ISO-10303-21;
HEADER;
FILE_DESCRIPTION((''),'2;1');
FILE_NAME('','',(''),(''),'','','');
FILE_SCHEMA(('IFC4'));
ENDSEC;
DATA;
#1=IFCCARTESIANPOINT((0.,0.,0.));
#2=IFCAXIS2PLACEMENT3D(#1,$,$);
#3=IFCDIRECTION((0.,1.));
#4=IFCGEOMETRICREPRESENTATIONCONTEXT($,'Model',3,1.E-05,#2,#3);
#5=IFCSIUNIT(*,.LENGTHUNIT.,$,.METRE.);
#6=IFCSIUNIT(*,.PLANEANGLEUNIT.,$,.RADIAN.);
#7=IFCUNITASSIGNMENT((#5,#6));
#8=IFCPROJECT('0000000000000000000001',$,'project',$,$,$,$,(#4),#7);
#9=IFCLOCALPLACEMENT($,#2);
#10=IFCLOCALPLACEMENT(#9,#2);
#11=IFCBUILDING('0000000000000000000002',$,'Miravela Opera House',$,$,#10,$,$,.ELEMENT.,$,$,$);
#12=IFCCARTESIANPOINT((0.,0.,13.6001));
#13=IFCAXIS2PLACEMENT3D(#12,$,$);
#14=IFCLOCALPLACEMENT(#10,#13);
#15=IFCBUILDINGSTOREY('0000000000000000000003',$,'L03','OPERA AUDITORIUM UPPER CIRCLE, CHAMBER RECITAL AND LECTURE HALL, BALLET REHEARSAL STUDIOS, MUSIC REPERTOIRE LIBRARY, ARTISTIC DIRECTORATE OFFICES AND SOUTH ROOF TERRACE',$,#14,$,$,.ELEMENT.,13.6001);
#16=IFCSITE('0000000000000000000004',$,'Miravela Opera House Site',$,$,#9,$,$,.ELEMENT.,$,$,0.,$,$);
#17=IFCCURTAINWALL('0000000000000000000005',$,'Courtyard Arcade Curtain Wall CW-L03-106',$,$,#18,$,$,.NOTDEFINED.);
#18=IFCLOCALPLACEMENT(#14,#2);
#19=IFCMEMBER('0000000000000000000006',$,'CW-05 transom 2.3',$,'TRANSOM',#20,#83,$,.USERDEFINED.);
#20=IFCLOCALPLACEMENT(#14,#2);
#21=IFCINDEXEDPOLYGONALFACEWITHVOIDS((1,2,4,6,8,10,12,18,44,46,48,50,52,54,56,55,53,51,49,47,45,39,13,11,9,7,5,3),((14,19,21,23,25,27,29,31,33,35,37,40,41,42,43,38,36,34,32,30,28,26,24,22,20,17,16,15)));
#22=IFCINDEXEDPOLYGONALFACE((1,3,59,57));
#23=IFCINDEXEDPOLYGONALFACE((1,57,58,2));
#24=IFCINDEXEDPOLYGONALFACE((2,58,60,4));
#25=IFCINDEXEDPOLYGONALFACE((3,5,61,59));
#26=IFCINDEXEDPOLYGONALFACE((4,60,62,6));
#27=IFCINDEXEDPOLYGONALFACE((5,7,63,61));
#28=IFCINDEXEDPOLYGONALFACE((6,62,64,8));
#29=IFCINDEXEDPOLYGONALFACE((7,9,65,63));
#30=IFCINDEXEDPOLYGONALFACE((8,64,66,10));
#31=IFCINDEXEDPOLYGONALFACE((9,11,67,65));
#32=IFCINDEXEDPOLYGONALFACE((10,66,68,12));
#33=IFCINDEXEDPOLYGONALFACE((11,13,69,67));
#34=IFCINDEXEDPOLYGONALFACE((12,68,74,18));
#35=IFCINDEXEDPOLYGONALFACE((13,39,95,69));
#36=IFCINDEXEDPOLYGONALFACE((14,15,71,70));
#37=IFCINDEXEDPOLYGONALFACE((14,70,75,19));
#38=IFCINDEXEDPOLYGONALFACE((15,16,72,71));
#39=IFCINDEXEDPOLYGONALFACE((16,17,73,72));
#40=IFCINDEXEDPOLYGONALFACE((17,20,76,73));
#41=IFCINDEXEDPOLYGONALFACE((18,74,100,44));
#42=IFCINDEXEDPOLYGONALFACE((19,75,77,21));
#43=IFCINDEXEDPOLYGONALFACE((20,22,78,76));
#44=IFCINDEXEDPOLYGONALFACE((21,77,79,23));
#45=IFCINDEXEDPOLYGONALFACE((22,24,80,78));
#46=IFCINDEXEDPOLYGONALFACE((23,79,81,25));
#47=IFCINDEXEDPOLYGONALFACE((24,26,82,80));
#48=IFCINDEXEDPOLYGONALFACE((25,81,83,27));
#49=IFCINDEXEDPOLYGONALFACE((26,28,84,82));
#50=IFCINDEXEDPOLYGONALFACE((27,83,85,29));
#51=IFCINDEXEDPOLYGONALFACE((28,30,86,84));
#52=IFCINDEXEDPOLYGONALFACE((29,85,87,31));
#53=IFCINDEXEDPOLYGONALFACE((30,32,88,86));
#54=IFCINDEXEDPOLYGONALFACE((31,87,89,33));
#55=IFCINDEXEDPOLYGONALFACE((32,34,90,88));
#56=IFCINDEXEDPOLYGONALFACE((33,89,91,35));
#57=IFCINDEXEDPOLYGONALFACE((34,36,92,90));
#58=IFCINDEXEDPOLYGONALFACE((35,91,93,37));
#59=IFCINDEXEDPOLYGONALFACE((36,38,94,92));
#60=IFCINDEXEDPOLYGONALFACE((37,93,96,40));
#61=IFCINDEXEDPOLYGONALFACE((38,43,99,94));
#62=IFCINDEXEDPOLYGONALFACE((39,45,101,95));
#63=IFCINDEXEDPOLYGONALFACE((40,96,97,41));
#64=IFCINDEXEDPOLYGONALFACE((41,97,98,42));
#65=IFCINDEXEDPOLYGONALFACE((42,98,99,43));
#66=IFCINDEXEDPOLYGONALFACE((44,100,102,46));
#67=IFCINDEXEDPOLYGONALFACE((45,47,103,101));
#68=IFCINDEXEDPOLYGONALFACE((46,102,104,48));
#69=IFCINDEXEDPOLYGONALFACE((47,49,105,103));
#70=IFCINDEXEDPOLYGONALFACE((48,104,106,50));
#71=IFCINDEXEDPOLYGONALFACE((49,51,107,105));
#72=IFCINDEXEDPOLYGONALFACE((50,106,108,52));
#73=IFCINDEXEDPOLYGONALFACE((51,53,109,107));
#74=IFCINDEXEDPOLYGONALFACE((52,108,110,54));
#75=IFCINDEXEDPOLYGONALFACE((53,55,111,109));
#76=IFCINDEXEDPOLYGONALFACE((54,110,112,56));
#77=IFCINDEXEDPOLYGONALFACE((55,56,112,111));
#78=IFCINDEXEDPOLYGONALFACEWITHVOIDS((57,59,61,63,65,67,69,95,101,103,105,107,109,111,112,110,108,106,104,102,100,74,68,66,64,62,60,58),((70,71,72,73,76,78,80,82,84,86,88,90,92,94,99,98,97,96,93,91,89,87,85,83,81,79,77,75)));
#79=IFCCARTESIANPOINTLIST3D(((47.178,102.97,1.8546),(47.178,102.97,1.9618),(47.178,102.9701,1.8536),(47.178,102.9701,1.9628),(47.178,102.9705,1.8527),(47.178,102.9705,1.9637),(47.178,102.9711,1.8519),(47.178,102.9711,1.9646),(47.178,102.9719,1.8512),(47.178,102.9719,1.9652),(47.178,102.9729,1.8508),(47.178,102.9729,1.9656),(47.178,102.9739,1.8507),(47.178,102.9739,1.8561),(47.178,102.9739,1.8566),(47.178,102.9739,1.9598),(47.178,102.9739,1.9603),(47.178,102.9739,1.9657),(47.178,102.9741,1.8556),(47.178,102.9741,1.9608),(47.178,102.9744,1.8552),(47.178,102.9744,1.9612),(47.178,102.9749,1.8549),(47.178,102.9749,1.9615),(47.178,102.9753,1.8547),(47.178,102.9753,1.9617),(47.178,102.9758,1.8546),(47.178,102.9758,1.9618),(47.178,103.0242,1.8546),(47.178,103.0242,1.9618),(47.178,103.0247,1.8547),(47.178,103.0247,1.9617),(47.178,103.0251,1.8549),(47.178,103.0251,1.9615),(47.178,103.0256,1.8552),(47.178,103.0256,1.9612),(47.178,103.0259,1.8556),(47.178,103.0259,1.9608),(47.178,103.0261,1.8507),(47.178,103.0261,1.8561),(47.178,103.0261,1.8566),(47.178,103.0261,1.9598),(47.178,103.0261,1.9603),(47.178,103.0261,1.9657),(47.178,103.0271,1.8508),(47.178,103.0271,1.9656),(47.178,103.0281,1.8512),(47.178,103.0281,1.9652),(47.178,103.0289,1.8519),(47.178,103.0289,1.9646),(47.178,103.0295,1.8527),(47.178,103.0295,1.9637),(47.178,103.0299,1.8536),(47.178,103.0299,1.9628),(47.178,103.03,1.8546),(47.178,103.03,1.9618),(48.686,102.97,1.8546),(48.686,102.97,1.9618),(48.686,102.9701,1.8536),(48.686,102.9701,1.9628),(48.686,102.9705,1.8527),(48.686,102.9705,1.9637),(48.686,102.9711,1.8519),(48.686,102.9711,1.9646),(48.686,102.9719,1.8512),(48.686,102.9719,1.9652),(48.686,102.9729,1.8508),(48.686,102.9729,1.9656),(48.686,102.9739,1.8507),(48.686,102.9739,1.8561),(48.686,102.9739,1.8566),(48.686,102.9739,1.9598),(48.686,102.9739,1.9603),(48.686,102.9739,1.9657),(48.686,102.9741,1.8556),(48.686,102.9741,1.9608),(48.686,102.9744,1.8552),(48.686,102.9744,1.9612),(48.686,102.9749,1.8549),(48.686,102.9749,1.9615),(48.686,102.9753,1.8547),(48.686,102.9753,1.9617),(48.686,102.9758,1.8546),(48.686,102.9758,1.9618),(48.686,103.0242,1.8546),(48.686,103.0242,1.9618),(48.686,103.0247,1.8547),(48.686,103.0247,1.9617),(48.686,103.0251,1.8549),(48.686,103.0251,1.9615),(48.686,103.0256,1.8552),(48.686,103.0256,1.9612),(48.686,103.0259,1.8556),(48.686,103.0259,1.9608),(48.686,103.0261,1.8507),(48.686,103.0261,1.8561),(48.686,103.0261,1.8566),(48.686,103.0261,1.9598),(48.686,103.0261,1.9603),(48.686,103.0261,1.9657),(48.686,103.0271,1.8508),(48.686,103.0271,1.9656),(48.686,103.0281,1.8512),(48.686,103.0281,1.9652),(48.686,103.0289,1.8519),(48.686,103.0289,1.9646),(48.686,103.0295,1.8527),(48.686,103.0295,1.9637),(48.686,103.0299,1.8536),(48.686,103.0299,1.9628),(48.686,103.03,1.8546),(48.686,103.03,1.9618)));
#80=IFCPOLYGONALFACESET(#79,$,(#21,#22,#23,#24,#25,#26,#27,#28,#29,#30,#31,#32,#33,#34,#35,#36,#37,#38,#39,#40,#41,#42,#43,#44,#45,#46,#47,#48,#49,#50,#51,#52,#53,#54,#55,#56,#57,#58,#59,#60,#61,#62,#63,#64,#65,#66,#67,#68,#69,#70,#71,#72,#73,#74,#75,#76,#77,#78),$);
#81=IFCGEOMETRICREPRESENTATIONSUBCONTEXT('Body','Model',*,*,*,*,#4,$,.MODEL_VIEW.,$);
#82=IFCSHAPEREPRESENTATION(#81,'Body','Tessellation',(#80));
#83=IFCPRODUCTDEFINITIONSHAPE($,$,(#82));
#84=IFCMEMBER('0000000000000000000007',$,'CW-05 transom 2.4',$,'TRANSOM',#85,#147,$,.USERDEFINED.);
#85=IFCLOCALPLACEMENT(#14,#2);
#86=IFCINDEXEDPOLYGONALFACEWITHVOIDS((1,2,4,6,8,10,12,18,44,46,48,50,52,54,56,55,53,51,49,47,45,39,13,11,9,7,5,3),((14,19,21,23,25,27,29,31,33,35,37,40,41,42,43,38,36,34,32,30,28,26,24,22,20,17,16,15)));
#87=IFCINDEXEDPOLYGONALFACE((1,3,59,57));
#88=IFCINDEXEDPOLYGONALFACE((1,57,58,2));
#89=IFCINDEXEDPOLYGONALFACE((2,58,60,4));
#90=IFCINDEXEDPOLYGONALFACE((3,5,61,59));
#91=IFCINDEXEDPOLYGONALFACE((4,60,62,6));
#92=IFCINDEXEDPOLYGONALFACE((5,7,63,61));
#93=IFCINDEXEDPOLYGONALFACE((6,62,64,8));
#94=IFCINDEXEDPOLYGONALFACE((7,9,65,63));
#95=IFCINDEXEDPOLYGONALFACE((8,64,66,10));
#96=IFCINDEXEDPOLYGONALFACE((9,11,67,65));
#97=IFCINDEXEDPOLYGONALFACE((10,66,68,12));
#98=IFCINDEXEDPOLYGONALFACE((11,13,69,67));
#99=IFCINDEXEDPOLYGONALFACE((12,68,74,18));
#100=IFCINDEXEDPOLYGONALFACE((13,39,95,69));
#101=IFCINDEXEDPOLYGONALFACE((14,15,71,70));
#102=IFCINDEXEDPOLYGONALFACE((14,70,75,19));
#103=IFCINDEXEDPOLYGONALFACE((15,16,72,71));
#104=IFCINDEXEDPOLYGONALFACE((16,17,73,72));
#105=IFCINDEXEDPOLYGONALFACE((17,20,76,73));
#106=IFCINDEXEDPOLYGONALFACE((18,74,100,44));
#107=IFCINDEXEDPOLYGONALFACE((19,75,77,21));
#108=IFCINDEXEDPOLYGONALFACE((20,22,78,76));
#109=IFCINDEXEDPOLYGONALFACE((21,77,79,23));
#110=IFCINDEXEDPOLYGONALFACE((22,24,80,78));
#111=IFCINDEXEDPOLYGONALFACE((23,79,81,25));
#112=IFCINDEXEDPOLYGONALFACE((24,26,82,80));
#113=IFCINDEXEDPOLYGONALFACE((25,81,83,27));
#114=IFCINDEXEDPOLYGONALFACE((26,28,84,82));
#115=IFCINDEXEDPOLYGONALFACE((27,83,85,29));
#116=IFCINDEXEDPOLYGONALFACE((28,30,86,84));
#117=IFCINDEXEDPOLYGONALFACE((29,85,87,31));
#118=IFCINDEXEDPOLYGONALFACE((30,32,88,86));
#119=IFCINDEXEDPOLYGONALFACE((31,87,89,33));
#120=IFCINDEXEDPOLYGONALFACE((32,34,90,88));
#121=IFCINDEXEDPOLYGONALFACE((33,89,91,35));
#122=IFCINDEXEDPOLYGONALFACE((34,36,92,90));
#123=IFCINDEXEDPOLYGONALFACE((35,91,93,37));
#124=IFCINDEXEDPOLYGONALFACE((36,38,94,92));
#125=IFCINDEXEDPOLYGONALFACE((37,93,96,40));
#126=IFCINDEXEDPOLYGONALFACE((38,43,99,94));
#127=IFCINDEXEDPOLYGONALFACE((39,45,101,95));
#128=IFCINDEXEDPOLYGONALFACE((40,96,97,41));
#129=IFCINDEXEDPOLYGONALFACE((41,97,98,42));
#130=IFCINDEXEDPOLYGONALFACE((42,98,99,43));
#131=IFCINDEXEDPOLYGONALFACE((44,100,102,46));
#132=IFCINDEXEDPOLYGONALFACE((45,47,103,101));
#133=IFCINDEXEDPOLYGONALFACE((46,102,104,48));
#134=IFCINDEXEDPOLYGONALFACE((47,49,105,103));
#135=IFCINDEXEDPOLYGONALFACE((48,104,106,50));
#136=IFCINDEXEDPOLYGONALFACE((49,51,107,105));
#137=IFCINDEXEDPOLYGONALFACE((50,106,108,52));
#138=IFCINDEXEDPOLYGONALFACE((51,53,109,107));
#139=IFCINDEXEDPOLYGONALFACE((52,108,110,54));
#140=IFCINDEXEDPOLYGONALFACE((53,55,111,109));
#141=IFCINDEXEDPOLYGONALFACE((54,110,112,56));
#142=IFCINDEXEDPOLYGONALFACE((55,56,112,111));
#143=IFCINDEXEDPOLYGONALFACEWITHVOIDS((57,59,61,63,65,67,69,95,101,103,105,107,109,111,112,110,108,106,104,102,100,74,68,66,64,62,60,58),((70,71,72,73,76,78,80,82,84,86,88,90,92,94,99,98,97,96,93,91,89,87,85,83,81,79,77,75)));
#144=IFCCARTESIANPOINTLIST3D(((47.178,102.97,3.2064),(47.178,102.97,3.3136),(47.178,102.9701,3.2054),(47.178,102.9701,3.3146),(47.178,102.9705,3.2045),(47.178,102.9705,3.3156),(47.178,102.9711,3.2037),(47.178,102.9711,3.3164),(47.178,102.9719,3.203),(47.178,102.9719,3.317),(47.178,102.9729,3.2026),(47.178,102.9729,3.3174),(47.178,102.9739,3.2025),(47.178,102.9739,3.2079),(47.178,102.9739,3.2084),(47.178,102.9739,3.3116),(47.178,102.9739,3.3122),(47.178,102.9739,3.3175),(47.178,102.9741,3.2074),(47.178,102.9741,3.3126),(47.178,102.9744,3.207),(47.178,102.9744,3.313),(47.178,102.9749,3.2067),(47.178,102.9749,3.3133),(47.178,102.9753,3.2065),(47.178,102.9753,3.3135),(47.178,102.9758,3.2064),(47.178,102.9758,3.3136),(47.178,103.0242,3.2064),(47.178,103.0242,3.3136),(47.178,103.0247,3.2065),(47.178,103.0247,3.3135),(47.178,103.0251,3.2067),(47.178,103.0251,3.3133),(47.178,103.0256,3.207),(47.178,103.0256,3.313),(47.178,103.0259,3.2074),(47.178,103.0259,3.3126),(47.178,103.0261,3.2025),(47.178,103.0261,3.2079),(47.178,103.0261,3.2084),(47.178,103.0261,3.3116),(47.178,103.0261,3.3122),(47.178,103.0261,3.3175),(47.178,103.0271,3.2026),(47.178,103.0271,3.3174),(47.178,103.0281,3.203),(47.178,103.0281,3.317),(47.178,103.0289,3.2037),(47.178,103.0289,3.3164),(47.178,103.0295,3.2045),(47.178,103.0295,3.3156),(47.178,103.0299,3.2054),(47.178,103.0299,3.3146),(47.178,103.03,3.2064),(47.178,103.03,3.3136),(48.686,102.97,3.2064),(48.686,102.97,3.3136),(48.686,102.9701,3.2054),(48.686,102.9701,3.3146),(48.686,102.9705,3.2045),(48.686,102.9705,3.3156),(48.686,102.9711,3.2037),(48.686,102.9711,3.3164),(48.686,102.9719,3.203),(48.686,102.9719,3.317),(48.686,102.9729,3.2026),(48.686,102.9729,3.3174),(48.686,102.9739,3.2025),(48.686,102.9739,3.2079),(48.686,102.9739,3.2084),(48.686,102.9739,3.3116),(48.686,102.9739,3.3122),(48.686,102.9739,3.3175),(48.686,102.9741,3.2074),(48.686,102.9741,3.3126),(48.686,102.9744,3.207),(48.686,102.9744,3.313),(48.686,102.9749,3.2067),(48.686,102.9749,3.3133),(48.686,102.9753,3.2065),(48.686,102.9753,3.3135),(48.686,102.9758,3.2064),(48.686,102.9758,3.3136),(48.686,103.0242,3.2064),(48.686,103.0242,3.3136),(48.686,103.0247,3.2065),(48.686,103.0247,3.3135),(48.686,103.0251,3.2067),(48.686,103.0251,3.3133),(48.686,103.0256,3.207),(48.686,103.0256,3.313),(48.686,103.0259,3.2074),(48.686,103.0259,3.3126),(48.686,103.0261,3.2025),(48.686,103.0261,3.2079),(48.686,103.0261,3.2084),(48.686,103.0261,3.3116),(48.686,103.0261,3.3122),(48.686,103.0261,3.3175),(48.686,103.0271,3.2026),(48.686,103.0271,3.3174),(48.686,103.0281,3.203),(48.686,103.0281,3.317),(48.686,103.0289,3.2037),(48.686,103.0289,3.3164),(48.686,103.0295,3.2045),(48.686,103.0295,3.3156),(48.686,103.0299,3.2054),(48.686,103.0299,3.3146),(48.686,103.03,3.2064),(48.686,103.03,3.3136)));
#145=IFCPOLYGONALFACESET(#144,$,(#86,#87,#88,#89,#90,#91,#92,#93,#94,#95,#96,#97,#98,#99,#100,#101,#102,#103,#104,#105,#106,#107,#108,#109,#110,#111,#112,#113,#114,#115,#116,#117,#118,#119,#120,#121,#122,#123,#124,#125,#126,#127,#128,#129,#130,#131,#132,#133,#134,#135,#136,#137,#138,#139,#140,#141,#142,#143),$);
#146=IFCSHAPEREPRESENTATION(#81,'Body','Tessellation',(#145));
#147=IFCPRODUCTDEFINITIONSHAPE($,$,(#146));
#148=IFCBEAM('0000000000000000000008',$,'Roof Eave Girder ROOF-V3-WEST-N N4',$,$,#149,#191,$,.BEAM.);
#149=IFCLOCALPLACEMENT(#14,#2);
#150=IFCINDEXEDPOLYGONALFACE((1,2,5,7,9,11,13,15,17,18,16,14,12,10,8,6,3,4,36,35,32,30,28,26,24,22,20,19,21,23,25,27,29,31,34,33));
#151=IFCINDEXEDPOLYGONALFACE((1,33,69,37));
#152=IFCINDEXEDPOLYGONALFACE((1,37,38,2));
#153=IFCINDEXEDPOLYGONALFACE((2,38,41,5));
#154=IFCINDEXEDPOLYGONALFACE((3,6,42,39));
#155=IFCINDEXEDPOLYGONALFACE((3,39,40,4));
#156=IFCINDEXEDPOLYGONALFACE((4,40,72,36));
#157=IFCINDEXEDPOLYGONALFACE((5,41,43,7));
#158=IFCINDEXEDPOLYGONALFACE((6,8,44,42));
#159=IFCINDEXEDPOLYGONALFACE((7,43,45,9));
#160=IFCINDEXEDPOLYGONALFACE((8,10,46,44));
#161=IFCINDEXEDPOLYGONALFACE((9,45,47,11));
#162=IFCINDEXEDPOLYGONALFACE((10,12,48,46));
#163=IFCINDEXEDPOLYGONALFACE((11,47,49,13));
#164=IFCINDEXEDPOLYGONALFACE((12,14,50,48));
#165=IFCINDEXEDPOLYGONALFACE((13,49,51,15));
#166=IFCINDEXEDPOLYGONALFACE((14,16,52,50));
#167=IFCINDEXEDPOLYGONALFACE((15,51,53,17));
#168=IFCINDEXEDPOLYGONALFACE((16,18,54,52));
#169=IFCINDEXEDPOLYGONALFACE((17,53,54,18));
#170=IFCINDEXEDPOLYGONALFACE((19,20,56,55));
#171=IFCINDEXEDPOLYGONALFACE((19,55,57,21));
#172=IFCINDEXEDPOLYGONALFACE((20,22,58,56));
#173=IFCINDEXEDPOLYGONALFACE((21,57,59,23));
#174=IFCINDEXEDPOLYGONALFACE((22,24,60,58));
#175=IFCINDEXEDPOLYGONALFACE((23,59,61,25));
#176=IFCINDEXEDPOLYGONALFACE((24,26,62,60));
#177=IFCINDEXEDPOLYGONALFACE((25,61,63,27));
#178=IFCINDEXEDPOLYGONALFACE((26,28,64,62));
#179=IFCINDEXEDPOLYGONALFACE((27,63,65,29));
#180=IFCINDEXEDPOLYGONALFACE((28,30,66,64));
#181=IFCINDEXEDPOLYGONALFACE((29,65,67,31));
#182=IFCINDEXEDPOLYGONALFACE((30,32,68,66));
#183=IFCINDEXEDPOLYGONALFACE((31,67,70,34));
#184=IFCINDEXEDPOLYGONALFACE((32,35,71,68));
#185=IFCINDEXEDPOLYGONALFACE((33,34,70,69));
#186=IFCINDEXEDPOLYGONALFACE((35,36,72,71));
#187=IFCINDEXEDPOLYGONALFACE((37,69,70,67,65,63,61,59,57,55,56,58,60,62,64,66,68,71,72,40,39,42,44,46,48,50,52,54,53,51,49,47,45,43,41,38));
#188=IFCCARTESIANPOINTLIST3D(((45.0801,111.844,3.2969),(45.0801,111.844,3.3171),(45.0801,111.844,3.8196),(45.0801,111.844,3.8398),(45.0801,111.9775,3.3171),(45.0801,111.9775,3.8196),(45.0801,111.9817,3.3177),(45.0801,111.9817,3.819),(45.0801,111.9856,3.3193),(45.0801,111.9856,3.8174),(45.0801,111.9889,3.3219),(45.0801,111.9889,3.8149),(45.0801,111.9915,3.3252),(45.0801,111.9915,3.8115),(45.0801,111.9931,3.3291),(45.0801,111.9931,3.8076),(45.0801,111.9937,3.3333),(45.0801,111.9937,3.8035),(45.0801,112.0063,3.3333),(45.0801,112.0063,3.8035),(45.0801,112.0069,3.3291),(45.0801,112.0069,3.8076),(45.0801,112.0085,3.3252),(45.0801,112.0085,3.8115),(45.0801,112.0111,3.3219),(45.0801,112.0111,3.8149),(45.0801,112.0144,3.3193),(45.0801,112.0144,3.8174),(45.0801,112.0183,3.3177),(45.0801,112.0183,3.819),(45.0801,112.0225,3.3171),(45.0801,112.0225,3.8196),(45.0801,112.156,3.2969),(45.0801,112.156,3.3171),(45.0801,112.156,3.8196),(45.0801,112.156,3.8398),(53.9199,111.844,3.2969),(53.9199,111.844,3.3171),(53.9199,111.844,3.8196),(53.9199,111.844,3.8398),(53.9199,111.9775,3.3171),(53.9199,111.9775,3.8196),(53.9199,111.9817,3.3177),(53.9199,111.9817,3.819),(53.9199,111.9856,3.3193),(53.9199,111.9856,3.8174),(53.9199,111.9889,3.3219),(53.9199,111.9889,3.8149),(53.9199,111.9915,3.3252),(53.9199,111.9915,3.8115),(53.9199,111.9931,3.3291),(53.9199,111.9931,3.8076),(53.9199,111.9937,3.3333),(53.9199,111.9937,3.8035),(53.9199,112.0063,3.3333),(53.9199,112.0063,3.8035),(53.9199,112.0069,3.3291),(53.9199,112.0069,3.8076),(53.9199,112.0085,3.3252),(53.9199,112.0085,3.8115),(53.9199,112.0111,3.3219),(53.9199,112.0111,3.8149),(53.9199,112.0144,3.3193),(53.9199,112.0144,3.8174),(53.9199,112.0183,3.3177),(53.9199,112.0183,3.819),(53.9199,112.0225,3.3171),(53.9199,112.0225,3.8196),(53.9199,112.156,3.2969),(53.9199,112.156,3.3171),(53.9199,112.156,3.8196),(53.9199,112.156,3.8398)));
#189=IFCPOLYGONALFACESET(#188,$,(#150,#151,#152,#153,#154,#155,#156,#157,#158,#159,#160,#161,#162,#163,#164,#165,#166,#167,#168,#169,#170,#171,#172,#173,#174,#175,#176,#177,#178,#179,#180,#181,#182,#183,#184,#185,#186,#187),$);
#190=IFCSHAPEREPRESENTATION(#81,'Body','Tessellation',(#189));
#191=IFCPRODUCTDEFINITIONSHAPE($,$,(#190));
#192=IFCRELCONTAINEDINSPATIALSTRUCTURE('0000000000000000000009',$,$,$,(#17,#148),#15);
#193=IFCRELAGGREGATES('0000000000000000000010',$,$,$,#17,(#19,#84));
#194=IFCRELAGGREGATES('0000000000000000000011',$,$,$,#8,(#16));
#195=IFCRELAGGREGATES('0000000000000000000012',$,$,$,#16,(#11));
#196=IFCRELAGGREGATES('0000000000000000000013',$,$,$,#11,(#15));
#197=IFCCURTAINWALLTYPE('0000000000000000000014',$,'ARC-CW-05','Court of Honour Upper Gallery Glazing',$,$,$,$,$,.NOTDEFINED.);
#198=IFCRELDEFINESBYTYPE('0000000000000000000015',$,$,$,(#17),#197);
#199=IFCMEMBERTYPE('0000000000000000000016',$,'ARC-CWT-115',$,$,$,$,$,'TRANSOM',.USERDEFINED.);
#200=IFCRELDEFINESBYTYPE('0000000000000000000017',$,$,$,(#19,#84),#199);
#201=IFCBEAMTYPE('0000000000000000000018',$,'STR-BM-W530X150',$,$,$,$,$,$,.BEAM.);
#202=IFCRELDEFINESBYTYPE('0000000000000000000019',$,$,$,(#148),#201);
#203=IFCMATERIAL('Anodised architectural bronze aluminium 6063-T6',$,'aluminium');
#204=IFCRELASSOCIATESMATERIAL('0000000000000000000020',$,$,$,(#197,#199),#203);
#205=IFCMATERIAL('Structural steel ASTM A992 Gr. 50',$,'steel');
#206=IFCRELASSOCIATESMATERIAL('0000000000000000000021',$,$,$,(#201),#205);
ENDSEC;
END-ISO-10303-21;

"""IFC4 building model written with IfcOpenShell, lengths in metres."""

from ifc_helpers import new_model, si_unit, direction, frame, origin, origin_2d, place, context, subcontext, project, spatial, hollow_rectangle, i_section, extrude, material, material_profile, profile_set, type_object, element, aggregate, save


model = new_model("IFC4")

# Units and contexts
model_context = context("Model", 3, precision=1e-05, world=origin(), true_north=direction((0.0, 1.0)))
body_context = subcontext(model_context, "Body", "Model", "MODEL_VIEW")
ifc_project = project(units=[si_unit("LENGTHUNIT", "METRE"), si_unit("PLANEANGLEUNIT", "RADIAN")], contexts=[model_context])

# Site, building, storey
site_placement = place(None, origin())
site = spatial("IfcSite", under=ifc_project, at=site_placement, Name="Miravela Opera House Site", CompositionType="ELEMENT", RefElevation=0.0)
building_placement = place(site_placement, origin())
building = spatial("IfcBuilding", under=site, at=building_placement, Name="Miravela Opera House", CompositionType="ELEMENT")
storey_placement = place(building_placement, frame((0.0, 0.0, 13.6001)))
storey = spatial("IfcBuildingStorey", under=building, at=storey_placement, Name="L03", Description="OPERA AUDITORIUM UPPER CIRCLE, CHAMBER RECITAL AND LECTURE HALL, BALLET REHEARSAL STUDIOS, MUSIC REPERTOIRE LIBRARY, ARTISTIC DIRECTORATE OFFICES AND SOUTH ROOF TERRACE", CompositionType="ELEMENT", Elevation=13.6001)

# Curtain wall, members
ifc_material_1 = material(Name="Anodised architectural bronze aluminium 6063-T6", Category="aluminium")
curtain_wall_type = type_object("IfcCurtainWallType", Name="ARC-CW-05", Description="Court of Honour Upper Gallery Glazing", PredefinedType="NOTDEFINED", material=ifc_material_1)
curtain_wall_placement = place(storey_placement, origin())
curtain_wall = element("IfcCurtainWall", 1, at=curtain_wall_placement, inside=storey, type_object=curtain_wall_type, Name="Courtyard Arcade Curtain Wall CW-L03-106", PredefinedType="NOTDEFINED")
ifc_material_profile_1 = material_profile(ifc_material_1, hollow_rectangle(XDim=0.0601, YDim=0.115, WallThickness=0.0039, InnerFilletRadius=0.002, OuterFilletRadius=0.0039, at=origin_2d()), Name="CWT-60X115")
ifc_profile_set_1 = profile_set([ifc_material_profile_1])
member_type_1 = type_object("IfcMemberType", Name="ARC-CWT-115", ElementType="TRANSOM", PredefinedType="USERDEFINED", material=ifc_profile_set_1)
member_1_placement = place(storey_placement, frame((47.178, 103.0, 1.9082), z_axis=(1.0, 0.0, 0.0), x_axis=(0.0, 1.0, 0.0)))
member_1 = element("IfcMember", 2, at=member_1_placement, type_object=member_type_1, Name="CW-05 transom 2.3", ObjectType="TRANSOM", PredefinedType="USERDEFINED", context=body_context, shape_type="SweptSolid", body=[
    extrude(hollow_rectangle(XDim=0.0601, YDim=0.115, WallThickness=0.0039, InnerFilletRadius=0.002, OuterFilletRadius=0.0039, at=origin_2d()), origin(), (0.0, 0.0, 1.0), 1.5081),
])
member_2_placement = place(storey_placement, frame((47.178, 103.0, 3.26), z_axis=(1.0, 0.0, 0.0), x_axis=(0.0, 1.0, 0.0)))
member_2 = element("IfcMember", 3, at=member_2_placement, type_object=member_type_1, Name="CW-05 transom 2.4", ObjectType="TRANSOM", PredefinedType="USERDEFINED", context=body_context, shape_type="SweptSolid", body=[
    extrude(hollow_rectangle(XDim=0.0601, YDim=0.115, WallThickness=0.0039, InnerFilletRadius=0.002, OuterFilletRadius=0.0039, at=origin_2d()), origin(), (0.0, 0.0, 1.0), 1.5081),
])

# Beam
ifc_material_2 = material(Name="Structural steel ASTM A992 Gr. 50", Category="steel")
ifc_material_profile_2 = material_profile(ifc_material_2, i_section(OverallWidth=0.312, OverallDepth=0.543, WebThickness=0.0127, FlangeThickness=0.0203, FilletRadius=0.0161, at=origin_2d()), Name="W530X150")
ifc_profile_set_2 = profile_set([ifc_material_profile_2])
beam_type = type_object("IfcBeamType", Name="STR-BM-W530X150", PredefinedType="BEAM", material=ifc_profile_set_2)
for number, where, z_axis, x_axis, name in (
    (4, (45.0801, 112.0, 3.5684), (1.0, 0.0, 0.0), (0.0, 1.0, 0.0), "Roof Eave Girder ROOF-V3-WEST-N N4"),
):
    element("IfcBeam", number, at=place(storey_placement, frame(where, z_axis=z_axis, x_axis=x_axis)), inside=storey, type_object=beam_type, Name=name, PredefinedType="BEAM", context=body_context, shape_type="SweptSolid", body=[
        extrude(i_section(OverallWidth=0.312, OverallDepth=0.543, WebThickness=0.0127, FlangeThickness=0.0203, FilletRadius=0.0161, at=origin_2d()), origin(), (0.0, 0.0, 1.0), 8.8398),
    ])

aggregate(curtain_wall, [member_1, member_2])

save(model, "model.ifc")
